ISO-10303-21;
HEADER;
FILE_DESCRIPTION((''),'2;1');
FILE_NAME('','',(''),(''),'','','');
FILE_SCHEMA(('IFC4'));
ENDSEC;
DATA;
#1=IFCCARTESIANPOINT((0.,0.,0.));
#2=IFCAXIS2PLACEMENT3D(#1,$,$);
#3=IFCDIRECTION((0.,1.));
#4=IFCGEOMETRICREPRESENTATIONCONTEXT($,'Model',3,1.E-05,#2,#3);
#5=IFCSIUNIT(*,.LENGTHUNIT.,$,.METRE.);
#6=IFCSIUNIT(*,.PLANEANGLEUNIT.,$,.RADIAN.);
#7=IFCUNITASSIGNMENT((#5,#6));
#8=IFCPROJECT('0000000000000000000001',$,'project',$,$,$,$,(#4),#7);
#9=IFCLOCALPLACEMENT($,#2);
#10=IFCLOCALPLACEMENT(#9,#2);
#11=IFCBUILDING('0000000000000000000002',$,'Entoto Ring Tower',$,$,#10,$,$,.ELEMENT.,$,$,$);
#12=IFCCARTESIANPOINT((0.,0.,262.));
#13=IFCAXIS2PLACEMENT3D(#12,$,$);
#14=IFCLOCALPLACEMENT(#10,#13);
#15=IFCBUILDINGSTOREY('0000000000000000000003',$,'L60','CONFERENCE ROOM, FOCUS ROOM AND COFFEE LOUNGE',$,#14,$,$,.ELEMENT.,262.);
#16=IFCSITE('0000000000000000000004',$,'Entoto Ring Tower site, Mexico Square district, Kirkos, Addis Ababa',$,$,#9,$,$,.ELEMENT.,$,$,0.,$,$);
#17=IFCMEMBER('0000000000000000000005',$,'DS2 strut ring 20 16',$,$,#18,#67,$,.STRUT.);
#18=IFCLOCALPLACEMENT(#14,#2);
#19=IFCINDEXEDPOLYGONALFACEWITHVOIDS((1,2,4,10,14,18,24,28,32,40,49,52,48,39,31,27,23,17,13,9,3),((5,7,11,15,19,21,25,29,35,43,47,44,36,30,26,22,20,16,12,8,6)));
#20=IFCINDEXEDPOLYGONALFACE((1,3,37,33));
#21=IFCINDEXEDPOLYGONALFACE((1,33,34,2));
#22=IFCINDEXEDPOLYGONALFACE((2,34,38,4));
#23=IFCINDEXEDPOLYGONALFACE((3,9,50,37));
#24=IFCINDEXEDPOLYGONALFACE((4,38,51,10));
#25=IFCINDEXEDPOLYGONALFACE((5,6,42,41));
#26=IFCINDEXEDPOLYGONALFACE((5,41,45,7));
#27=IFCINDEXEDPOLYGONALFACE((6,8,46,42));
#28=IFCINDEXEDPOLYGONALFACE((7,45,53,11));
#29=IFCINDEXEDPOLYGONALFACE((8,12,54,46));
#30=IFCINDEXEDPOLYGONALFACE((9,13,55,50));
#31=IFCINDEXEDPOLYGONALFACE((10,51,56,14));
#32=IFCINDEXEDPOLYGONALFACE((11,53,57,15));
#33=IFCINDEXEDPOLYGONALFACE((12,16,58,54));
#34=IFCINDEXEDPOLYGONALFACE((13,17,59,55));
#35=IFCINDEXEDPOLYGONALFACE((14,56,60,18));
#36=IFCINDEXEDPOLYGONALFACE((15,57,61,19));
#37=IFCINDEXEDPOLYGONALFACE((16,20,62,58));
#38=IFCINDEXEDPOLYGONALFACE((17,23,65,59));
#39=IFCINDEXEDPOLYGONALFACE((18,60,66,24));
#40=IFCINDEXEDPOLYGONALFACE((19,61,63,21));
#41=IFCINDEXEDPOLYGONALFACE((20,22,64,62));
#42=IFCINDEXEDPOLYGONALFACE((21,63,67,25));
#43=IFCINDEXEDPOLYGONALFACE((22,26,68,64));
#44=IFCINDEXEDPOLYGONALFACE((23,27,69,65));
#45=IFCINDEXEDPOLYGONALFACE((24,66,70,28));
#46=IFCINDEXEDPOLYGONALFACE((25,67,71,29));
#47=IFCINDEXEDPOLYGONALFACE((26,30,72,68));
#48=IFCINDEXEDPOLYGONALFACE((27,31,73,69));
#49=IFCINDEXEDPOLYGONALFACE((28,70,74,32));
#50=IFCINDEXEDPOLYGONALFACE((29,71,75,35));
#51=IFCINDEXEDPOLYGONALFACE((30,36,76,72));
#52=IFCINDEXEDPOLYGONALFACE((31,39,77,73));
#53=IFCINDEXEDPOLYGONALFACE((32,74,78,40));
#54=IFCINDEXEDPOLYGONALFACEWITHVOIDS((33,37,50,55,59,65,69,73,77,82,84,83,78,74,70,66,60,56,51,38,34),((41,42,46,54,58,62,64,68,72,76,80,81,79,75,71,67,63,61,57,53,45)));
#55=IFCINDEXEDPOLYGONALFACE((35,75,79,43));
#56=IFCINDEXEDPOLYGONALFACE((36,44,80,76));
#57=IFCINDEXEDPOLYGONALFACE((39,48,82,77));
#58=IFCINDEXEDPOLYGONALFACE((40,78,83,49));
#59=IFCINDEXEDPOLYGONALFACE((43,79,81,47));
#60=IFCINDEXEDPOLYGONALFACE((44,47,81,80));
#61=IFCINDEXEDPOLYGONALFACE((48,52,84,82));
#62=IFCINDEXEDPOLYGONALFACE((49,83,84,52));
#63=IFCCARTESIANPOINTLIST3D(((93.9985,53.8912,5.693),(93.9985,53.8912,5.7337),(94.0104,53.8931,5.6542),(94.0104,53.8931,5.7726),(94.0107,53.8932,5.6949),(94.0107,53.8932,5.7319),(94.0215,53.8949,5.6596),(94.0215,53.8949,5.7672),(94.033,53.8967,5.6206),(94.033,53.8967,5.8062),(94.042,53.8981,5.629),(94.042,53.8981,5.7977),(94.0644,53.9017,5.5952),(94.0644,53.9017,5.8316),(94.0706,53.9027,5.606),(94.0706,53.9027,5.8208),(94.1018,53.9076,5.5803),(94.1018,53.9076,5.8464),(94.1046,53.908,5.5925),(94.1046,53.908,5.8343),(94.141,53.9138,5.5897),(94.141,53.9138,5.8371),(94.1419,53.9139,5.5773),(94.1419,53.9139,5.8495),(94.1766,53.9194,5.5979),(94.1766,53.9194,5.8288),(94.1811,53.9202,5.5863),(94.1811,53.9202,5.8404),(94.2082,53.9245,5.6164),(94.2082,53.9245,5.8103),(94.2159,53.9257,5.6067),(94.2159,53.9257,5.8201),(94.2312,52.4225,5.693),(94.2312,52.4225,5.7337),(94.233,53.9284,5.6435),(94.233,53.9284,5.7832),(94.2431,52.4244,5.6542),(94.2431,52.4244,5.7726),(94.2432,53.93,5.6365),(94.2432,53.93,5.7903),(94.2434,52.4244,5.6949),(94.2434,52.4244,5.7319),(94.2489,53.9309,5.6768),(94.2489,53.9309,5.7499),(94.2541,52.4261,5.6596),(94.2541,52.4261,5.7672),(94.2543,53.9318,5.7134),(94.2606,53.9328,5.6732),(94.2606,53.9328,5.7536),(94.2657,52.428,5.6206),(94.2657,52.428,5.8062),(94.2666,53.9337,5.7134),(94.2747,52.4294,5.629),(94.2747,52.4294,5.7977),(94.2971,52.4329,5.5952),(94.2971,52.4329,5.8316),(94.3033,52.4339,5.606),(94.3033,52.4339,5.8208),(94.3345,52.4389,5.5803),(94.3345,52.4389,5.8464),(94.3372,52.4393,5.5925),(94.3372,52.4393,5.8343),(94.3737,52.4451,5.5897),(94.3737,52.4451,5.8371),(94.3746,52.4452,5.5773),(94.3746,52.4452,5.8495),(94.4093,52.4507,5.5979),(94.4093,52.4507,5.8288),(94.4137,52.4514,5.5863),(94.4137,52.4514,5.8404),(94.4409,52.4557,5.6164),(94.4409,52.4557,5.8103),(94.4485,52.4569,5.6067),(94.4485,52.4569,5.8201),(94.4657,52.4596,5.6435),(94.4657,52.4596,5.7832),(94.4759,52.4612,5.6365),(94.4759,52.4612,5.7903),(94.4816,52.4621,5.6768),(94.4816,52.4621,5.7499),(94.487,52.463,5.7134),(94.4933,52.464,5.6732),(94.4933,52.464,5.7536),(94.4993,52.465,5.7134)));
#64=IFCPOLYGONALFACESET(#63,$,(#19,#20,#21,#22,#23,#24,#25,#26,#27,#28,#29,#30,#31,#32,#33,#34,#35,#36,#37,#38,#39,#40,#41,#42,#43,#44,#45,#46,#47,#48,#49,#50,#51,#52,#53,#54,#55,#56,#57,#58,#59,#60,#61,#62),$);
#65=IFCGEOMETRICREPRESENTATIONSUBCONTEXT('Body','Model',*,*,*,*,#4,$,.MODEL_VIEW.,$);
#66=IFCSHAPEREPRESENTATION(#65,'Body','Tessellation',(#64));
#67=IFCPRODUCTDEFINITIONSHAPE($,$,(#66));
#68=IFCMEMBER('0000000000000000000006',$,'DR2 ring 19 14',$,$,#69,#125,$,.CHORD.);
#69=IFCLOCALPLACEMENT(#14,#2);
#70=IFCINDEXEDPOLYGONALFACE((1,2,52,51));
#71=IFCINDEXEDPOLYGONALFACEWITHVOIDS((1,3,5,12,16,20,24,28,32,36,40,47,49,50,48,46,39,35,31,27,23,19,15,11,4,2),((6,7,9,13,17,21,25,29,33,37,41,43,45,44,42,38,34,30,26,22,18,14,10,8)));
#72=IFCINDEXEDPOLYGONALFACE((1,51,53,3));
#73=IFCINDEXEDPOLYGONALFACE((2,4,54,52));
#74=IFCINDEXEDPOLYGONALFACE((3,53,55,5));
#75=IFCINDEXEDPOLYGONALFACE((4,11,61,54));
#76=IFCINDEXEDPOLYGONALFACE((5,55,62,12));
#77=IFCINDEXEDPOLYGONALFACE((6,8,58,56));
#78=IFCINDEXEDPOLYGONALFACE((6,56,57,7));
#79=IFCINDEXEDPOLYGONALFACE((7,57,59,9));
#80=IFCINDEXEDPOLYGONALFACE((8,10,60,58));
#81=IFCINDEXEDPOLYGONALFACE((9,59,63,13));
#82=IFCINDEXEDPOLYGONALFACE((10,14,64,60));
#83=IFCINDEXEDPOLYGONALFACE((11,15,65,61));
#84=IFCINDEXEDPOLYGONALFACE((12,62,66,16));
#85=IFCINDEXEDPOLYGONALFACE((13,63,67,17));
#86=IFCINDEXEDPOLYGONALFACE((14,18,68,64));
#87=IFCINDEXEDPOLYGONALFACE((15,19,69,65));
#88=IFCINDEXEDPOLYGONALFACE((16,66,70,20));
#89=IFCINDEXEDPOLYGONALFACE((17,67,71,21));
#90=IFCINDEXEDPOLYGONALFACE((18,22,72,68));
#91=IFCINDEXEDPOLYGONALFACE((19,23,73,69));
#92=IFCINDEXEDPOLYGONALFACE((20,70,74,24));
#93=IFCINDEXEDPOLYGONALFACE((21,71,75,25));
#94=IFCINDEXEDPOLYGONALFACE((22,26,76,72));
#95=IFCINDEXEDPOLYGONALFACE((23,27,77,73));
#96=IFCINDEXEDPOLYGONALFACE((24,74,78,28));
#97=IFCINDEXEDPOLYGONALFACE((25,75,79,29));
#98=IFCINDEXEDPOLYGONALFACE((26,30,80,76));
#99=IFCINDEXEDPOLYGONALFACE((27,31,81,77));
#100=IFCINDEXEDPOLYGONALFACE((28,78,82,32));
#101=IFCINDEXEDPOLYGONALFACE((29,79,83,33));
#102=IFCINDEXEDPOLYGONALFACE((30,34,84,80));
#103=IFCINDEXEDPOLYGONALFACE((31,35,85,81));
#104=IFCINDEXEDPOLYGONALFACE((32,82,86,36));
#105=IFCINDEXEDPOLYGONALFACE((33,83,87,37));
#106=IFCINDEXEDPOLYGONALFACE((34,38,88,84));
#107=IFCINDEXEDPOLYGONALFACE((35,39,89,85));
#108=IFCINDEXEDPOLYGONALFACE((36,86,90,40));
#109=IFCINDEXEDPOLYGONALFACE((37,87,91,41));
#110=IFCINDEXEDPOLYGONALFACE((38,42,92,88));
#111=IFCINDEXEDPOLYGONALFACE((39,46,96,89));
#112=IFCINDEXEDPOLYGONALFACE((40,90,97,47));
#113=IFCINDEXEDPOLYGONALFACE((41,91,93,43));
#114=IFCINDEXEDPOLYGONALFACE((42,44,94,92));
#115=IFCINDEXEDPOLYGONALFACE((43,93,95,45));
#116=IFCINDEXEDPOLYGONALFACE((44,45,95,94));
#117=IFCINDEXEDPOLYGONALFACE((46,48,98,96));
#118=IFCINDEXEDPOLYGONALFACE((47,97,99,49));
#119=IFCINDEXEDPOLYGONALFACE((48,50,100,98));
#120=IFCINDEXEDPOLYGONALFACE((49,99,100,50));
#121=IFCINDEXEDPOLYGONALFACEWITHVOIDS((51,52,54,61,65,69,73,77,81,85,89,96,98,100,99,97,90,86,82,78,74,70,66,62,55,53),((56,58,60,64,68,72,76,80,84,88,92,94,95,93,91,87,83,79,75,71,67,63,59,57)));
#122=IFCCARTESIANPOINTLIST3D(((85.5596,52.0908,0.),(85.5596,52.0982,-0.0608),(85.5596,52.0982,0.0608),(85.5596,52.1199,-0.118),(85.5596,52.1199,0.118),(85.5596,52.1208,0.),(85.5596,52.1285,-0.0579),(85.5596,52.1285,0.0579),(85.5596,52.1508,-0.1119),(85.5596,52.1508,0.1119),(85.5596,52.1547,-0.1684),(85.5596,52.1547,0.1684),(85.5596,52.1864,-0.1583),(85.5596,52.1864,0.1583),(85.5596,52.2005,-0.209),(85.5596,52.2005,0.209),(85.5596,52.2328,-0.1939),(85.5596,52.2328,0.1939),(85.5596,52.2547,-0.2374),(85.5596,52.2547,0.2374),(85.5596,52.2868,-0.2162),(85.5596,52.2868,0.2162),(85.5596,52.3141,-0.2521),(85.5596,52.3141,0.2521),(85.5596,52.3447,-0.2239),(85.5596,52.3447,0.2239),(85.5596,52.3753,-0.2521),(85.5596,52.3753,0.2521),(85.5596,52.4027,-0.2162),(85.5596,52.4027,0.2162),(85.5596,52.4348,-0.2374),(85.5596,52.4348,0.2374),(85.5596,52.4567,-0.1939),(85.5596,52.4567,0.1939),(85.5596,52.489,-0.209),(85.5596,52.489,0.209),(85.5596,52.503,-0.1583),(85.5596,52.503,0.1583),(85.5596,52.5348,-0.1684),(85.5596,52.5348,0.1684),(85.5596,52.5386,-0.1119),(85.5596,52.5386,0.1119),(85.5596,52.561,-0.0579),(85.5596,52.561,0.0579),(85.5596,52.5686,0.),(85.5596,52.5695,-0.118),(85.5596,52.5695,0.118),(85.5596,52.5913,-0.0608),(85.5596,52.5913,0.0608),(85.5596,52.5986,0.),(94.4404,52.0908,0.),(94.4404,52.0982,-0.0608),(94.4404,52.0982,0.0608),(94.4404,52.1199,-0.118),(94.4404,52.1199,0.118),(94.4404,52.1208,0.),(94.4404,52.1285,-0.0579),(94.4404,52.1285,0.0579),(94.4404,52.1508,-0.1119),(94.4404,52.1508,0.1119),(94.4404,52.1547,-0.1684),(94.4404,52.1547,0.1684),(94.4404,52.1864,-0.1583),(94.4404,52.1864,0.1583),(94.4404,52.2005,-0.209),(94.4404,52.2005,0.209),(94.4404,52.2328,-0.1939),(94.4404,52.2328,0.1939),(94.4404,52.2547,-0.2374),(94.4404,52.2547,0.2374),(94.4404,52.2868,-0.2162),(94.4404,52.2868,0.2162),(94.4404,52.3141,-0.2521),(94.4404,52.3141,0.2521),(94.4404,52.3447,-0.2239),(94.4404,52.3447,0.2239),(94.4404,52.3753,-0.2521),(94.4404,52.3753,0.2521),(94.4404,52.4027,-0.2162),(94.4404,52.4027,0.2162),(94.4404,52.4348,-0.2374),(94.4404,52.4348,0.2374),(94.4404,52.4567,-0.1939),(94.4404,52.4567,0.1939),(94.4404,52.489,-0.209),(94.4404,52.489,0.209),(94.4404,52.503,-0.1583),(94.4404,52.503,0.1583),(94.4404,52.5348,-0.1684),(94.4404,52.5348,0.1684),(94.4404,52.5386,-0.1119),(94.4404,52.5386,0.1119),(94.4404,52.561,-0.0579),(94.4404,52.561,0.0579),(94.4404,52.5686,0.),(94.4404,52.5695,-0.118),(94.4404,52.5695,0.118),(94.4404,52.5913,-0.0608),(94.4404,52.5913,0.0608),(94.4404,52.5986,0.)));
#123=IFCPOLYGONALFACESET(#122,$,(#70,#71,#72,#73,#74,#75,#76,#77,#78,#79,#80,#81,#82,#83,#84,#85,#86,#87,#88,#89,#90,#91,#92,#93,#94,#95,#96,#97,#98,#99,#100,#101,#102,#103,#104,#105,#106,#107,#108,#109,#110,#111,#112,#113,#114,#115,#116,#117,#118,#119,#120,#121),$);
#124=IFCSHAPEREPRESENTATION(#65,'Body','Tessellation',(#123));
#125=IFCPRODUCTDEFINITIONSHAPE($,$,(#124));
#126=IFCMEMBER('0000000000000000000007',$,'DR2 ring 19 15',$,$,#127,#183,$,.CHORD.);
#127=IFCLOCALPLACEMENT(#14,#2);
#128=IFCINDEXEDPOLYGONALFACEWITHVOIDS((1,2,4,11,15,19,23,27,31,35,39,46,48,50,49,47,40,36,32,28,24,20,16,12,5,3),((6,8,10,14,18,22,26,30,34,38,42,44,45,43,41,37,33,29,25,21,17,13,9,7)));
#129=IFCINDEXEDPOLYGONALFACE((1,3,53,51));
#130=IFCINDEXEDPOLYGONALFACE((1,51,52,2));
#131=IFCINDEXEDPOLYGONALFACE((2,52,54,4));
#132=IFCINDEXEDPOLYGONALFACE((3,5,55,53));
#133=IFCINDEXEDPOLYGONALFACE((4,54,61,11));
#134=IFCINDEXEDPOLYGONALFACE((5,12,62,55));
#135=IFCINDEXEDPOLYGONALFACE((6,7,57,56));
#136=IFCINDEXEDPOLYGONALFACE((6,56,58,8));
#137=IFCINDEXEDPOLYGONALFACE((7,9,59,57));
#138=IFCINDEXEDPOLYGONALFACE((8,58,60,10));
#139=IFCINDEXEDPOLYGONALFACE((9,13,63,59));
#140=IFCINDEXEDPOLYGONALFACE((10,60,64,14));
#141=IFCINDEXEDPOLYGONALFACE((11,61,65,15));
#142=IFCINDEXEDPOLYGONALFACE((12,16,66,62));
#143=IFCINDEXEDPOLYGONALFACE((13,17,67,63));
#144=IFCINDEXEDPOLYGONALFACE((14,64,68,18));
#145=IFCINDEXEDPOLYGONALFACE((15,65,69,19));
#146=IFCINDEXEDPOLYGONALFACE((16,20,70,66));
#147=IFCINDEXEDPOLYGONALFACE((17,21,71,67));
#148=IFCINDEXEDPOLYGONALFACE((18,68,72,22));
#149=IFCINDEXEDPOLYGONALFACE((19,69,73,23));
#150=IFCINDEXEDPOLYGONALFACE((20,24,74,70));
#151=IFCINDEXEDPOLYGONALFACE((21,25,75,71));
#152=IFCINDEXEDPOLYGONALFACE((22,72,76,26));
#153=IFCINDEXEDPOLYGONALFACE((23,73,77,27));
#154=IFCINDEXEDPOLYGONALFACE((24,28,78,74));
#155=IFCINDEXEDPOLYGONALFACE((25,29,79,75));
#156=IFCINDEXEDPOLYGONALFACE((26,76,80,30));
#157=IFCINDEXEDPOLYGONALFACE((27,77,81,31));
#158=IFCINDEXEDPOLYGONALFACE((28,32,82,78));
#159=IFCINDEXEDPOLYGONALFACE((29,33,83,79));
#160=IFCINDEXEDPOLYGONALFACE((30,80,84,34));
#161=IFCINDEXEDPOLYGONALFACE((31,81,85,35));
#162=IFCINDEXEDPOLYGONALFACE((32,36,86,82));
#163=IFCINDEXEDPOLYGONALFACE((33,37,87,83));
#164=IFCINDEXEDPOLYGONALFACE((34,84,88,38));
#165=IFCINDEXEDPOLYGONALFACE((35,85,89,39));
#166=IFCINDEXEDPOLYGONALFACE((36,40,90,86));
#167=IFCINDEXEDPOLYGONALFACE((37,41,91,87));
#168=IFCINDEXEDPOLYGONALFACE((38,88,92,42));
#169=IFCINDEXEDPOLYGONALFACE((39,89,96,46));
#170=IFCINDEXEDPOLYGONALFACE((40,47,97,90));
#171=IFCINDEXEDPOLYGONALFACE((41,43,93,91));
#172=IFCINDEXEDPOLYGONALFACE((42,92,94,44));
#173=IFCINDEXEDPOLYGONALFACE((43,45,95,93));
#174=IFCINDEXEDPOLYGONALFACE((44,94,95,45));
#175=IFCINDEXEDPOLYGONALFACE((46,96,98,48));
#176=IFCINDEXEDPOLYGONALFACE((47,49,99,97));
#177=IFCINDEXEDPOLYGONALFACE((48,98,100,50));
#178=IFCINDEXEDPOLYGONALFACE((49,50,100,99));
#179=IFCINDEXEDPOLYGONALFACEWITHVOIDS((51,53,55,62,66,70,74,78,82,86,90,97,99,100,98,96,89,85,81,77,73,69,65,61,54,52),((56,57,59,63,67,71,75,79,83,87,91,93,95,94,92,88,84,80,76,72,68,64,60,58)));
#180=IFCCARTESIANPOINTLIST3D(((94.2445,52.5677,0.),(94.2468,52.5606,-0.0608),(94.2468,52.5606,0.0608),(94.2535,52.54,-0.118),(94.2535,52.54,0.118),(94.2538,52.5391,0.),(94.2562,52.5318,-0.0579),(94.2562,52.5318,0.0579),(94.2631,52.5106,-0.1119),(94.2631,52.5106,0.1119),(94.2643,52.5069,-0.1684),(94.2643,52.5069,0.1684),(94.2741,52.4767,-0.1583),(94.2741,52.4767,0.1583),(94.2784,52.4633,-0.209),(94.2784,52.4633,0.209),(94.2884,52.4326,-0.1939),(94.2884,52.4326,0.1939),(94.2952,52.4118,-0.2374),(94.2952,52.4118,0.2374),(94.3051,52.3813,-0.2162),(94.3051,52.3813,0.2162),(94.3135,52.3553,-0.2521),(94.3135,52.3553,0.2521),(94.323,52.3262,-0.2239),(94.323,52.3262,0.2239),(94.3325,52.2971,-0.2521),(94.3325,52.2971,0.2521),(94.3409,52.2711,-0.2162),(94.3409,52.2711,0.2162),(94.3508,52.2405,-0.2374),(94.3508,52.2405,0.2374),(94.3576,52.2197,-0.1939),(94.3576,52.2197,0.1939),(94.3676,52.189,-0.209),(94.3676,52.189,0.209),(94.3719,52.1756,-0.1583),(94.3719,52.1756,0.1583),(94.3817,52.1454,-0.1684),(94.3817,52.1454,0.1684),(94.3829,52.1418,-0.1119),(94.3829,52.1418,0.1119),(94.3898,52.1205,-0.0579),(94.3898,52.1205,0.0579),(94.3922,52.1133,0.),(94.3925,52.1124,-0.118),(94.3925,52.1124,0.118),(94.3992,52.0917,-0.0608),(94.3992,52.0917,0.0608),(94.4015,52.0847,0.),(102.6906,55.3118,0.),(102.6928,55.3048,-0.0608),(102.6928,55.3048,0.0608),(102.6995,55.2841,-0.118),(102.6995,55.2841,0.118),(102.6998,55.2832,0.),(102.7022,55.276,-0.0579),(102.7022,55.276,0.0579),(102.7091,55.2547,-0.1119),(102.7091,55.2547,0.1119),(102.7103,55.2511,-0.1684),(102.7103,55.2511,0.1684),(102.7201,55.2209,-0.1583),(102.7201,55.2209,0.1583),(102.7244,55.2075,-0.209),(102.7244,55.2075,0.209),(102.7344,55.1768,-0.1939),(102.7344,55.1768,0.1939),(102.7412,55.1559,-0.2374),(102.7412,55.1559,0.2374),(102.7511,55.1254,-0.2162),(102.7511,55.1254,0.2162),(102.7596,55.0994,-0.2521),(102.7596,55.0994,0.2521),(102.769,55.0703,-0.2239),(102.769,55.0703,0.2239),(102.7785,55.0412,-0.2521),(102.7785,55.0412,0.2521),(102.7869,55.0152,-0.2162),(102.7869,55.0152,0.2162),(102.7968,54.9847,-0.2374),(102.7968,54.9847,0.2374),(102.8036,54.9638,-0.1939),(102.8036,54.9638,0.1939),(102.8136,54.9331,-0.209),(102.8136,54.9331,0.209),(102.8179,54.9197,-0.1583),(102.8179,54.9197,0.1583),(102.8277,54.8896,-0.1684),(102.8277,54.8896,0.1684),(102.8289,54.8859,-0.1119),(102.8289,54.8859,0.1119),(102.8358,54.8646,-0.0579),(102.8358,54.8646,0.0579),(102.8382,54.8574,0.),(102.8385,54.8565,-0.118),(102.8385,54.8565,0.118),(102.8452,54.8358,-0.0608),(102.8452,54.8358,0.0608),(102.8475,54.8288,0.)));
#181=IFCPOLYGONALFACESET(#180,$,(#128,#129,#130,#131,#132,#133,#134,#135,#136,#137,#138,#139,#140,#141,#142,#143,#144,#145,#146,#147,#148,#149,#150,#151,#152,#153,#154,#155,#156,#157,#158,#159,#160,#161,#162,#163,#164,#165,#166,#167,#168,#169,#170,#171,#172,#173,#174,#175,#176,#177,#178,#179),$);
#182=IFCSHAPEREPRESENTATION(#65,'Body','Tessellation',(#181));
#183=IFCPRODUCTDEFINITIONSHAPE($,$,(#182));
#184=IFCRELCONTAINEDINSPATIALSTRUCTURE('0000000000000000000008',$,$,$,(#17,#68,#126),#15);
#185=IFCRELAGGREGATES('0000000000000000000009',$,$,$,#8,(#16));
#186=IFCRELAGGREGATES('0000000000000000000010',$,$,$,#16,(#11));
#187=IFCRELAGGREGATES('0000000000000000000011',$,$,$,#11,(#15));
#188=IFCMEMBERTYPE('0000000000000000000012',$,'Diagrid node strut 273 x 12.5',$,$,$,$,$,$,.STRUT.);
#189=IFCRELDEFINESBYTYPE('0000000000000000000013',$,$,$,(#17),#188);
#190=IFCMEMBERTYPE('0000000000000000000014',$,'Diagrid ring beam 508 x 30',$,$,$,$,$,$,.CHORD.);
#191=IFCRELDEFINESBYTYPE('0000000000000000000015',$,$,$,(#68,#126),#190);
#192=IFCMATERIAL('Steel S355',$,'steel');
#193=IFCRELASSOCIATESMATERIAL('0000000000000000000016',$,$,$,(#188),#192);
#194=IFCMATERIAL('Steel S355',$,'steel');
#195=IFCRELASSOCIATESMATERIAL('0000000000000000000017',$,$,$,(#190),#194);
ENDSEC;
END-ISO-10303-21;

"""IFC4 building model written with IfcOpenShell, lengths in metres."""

from ifc_helpers import new_model, si_unit, direction, frame, origin, origin_2d, place, context, subcontext, project, spatial, circle, hollow_circle, extrude, material, material_profile, profile_set, type_object, element, save


model = new_model("IFC4")

# Units and contexts
model_context = context("Model", 3, precision=1e-05, world=origin(), true_north=direction((0.0, 1.0)))
body_context = subcontext(model_context, "Body", "Model", "MODEL_VIEW")
ifc_project = project(units=[si_unit("LENGTHUNIT", "METRE"), si_unit("PLANEANGLEUNIT", "RADIAN")], contexts=[model_context])

# Site, building, storey
site_placement = place(None, origin())
site = spatial("IfcSite", under=ifc_project, at=site_placement, Name="Entoto Ring Tower site, Mexico Square district, Kirkos, Addis Ababa", CompositionType="ELEMENT", RefElevation=0.0)
building_placement = place(site_placement, origin())
building = spatial("IfcBuilding", under=site, at=building_placement, Name="Entoto Ring Tower", CompositionType="ELEMENT")
storey_placement = place(building_placement, frame((0.0, 0.0, 262.0)))
storey = spatial("IfcBuildingStorey", under=building, at=storey_placement, Name="L60", Description="CONFERENCE ROOM, FOCUS ROOM AND COFFEE LOUNGE", CompositionType="ELEMENT", Elevation=262.0)

# Members
ifc_material_1 = material(Name="Steel S355", Category="steel")
ifc_material_profile_1 = material_profile(ifc_material_1, hollow_circle(Radius=0.1365, WallThickness=0.0125, at=origin_2d()), Name="CHS 273 x 12.5")
ifc_material_2 = material(Name="Concrete C60/75", Category="concrete")
ifc_material_profile_2 = material_profile(ifc_material_2, circle(Radius=0.124, at=origin_2d()), Name="Concrete C60/75 infill")
ifc_profile_set_1 = profile_set([ifc_material_profile_1, ifc_material_profile_2], Name="Steel S355")
member_type_1 = type_object("IfcMemberType", Name="Diagrid node strut 273 x 12.5", PredefinedType="STRUT", material=ifc_profile_set_1)
for number, where, z_axis, x_axis, name in (
    (1, (94.1318, 53.9124, 5.7134), (0.15646, -0.987684, 0.0), (0.987684, 0.15646, 0.0), "DS2 strut ring 20 16"),
):
    element("IfcMember", number, at=place(storey_placement, frame(where, z_axis=z_axis, x_axis=x_axis)), inside=storey, type_object=member_type_1, Name=name, PredefinedType="STRUT", context=body_context, shape_type="SweptSolid", body=[
        extrude(hollow_circle(Radius=0.1365, WallThickness=0.0125, at=origin_2d()), origin(), (0.0, 0.0, 1.0), 1.4871),
    ])
ifc_material_3 = material(Name="Steel S355", Category="steel")
ifc_material_profile_3 = material_profile(ifc_material_3, hollow_circle(Radius=0.2539, WallThickness=0.03, at=origin_2d()), Name="CHS 508 x 30")
ifc_material_4 = material(Name="Concrete C60/75", Category="concrete")
ifc_material_profile_4 = material_profile(ifc_material_4, circle(Radius=0.2241, at=origin_2d()), Name="Concrete C60/75 infill")
ifc_profile_set_2 = profile_set([ifc_material_profile_3, ifc_material_profile_4], Name="Steel S355")
member_type_2 = type_object("IfcMemberType", Name="Diagrid ring beam 508 x 30", PredefinedType="CHORD", material=ifc_profile_set_2)
member_1_placement = place(storey_placement, frame((85.5596, 52.3447, 0.0), z_axis=(1.0, 0.0, 0.0), x_axis=(0.0, 1.0, 0.0)))
element("IfcMember", 2, at=member_1_placement, inside=storey, type_object=member_type_2, Name="DR2 ring 19 14", PredefinedType="CHORD", context=body_context, shape_type="SweptSolid", body=[
    extrude(hollow_circle(Radius=0.2539, WallThickness=0.03, at=origin_2d()), origin(), (0.0, 0.0, 1.0), 8.8809),
])
member_2_placement = place(storey_placement, frame((94.323, 52.3262, 0.0), z_axis=(0.951061, 0.309002, 0.0), x_axis=(-0.309002, 0.951061, 0.0)))
element("IfcMember", 3, at=member_2_placement, inside=storey, type_object=member_type_2, Name="DR2 ring 19 15", PredefinedType="CHORD", context=body_context, shape_type="SweptSolid", body=[
    extrude(hollow_circle(Radius=0.2539, WallThickness=0.03, at=origin_2d()), origin(), (0.0, 0.0, 1.0), 8.8806),
])

save(model, "model.ifc")
